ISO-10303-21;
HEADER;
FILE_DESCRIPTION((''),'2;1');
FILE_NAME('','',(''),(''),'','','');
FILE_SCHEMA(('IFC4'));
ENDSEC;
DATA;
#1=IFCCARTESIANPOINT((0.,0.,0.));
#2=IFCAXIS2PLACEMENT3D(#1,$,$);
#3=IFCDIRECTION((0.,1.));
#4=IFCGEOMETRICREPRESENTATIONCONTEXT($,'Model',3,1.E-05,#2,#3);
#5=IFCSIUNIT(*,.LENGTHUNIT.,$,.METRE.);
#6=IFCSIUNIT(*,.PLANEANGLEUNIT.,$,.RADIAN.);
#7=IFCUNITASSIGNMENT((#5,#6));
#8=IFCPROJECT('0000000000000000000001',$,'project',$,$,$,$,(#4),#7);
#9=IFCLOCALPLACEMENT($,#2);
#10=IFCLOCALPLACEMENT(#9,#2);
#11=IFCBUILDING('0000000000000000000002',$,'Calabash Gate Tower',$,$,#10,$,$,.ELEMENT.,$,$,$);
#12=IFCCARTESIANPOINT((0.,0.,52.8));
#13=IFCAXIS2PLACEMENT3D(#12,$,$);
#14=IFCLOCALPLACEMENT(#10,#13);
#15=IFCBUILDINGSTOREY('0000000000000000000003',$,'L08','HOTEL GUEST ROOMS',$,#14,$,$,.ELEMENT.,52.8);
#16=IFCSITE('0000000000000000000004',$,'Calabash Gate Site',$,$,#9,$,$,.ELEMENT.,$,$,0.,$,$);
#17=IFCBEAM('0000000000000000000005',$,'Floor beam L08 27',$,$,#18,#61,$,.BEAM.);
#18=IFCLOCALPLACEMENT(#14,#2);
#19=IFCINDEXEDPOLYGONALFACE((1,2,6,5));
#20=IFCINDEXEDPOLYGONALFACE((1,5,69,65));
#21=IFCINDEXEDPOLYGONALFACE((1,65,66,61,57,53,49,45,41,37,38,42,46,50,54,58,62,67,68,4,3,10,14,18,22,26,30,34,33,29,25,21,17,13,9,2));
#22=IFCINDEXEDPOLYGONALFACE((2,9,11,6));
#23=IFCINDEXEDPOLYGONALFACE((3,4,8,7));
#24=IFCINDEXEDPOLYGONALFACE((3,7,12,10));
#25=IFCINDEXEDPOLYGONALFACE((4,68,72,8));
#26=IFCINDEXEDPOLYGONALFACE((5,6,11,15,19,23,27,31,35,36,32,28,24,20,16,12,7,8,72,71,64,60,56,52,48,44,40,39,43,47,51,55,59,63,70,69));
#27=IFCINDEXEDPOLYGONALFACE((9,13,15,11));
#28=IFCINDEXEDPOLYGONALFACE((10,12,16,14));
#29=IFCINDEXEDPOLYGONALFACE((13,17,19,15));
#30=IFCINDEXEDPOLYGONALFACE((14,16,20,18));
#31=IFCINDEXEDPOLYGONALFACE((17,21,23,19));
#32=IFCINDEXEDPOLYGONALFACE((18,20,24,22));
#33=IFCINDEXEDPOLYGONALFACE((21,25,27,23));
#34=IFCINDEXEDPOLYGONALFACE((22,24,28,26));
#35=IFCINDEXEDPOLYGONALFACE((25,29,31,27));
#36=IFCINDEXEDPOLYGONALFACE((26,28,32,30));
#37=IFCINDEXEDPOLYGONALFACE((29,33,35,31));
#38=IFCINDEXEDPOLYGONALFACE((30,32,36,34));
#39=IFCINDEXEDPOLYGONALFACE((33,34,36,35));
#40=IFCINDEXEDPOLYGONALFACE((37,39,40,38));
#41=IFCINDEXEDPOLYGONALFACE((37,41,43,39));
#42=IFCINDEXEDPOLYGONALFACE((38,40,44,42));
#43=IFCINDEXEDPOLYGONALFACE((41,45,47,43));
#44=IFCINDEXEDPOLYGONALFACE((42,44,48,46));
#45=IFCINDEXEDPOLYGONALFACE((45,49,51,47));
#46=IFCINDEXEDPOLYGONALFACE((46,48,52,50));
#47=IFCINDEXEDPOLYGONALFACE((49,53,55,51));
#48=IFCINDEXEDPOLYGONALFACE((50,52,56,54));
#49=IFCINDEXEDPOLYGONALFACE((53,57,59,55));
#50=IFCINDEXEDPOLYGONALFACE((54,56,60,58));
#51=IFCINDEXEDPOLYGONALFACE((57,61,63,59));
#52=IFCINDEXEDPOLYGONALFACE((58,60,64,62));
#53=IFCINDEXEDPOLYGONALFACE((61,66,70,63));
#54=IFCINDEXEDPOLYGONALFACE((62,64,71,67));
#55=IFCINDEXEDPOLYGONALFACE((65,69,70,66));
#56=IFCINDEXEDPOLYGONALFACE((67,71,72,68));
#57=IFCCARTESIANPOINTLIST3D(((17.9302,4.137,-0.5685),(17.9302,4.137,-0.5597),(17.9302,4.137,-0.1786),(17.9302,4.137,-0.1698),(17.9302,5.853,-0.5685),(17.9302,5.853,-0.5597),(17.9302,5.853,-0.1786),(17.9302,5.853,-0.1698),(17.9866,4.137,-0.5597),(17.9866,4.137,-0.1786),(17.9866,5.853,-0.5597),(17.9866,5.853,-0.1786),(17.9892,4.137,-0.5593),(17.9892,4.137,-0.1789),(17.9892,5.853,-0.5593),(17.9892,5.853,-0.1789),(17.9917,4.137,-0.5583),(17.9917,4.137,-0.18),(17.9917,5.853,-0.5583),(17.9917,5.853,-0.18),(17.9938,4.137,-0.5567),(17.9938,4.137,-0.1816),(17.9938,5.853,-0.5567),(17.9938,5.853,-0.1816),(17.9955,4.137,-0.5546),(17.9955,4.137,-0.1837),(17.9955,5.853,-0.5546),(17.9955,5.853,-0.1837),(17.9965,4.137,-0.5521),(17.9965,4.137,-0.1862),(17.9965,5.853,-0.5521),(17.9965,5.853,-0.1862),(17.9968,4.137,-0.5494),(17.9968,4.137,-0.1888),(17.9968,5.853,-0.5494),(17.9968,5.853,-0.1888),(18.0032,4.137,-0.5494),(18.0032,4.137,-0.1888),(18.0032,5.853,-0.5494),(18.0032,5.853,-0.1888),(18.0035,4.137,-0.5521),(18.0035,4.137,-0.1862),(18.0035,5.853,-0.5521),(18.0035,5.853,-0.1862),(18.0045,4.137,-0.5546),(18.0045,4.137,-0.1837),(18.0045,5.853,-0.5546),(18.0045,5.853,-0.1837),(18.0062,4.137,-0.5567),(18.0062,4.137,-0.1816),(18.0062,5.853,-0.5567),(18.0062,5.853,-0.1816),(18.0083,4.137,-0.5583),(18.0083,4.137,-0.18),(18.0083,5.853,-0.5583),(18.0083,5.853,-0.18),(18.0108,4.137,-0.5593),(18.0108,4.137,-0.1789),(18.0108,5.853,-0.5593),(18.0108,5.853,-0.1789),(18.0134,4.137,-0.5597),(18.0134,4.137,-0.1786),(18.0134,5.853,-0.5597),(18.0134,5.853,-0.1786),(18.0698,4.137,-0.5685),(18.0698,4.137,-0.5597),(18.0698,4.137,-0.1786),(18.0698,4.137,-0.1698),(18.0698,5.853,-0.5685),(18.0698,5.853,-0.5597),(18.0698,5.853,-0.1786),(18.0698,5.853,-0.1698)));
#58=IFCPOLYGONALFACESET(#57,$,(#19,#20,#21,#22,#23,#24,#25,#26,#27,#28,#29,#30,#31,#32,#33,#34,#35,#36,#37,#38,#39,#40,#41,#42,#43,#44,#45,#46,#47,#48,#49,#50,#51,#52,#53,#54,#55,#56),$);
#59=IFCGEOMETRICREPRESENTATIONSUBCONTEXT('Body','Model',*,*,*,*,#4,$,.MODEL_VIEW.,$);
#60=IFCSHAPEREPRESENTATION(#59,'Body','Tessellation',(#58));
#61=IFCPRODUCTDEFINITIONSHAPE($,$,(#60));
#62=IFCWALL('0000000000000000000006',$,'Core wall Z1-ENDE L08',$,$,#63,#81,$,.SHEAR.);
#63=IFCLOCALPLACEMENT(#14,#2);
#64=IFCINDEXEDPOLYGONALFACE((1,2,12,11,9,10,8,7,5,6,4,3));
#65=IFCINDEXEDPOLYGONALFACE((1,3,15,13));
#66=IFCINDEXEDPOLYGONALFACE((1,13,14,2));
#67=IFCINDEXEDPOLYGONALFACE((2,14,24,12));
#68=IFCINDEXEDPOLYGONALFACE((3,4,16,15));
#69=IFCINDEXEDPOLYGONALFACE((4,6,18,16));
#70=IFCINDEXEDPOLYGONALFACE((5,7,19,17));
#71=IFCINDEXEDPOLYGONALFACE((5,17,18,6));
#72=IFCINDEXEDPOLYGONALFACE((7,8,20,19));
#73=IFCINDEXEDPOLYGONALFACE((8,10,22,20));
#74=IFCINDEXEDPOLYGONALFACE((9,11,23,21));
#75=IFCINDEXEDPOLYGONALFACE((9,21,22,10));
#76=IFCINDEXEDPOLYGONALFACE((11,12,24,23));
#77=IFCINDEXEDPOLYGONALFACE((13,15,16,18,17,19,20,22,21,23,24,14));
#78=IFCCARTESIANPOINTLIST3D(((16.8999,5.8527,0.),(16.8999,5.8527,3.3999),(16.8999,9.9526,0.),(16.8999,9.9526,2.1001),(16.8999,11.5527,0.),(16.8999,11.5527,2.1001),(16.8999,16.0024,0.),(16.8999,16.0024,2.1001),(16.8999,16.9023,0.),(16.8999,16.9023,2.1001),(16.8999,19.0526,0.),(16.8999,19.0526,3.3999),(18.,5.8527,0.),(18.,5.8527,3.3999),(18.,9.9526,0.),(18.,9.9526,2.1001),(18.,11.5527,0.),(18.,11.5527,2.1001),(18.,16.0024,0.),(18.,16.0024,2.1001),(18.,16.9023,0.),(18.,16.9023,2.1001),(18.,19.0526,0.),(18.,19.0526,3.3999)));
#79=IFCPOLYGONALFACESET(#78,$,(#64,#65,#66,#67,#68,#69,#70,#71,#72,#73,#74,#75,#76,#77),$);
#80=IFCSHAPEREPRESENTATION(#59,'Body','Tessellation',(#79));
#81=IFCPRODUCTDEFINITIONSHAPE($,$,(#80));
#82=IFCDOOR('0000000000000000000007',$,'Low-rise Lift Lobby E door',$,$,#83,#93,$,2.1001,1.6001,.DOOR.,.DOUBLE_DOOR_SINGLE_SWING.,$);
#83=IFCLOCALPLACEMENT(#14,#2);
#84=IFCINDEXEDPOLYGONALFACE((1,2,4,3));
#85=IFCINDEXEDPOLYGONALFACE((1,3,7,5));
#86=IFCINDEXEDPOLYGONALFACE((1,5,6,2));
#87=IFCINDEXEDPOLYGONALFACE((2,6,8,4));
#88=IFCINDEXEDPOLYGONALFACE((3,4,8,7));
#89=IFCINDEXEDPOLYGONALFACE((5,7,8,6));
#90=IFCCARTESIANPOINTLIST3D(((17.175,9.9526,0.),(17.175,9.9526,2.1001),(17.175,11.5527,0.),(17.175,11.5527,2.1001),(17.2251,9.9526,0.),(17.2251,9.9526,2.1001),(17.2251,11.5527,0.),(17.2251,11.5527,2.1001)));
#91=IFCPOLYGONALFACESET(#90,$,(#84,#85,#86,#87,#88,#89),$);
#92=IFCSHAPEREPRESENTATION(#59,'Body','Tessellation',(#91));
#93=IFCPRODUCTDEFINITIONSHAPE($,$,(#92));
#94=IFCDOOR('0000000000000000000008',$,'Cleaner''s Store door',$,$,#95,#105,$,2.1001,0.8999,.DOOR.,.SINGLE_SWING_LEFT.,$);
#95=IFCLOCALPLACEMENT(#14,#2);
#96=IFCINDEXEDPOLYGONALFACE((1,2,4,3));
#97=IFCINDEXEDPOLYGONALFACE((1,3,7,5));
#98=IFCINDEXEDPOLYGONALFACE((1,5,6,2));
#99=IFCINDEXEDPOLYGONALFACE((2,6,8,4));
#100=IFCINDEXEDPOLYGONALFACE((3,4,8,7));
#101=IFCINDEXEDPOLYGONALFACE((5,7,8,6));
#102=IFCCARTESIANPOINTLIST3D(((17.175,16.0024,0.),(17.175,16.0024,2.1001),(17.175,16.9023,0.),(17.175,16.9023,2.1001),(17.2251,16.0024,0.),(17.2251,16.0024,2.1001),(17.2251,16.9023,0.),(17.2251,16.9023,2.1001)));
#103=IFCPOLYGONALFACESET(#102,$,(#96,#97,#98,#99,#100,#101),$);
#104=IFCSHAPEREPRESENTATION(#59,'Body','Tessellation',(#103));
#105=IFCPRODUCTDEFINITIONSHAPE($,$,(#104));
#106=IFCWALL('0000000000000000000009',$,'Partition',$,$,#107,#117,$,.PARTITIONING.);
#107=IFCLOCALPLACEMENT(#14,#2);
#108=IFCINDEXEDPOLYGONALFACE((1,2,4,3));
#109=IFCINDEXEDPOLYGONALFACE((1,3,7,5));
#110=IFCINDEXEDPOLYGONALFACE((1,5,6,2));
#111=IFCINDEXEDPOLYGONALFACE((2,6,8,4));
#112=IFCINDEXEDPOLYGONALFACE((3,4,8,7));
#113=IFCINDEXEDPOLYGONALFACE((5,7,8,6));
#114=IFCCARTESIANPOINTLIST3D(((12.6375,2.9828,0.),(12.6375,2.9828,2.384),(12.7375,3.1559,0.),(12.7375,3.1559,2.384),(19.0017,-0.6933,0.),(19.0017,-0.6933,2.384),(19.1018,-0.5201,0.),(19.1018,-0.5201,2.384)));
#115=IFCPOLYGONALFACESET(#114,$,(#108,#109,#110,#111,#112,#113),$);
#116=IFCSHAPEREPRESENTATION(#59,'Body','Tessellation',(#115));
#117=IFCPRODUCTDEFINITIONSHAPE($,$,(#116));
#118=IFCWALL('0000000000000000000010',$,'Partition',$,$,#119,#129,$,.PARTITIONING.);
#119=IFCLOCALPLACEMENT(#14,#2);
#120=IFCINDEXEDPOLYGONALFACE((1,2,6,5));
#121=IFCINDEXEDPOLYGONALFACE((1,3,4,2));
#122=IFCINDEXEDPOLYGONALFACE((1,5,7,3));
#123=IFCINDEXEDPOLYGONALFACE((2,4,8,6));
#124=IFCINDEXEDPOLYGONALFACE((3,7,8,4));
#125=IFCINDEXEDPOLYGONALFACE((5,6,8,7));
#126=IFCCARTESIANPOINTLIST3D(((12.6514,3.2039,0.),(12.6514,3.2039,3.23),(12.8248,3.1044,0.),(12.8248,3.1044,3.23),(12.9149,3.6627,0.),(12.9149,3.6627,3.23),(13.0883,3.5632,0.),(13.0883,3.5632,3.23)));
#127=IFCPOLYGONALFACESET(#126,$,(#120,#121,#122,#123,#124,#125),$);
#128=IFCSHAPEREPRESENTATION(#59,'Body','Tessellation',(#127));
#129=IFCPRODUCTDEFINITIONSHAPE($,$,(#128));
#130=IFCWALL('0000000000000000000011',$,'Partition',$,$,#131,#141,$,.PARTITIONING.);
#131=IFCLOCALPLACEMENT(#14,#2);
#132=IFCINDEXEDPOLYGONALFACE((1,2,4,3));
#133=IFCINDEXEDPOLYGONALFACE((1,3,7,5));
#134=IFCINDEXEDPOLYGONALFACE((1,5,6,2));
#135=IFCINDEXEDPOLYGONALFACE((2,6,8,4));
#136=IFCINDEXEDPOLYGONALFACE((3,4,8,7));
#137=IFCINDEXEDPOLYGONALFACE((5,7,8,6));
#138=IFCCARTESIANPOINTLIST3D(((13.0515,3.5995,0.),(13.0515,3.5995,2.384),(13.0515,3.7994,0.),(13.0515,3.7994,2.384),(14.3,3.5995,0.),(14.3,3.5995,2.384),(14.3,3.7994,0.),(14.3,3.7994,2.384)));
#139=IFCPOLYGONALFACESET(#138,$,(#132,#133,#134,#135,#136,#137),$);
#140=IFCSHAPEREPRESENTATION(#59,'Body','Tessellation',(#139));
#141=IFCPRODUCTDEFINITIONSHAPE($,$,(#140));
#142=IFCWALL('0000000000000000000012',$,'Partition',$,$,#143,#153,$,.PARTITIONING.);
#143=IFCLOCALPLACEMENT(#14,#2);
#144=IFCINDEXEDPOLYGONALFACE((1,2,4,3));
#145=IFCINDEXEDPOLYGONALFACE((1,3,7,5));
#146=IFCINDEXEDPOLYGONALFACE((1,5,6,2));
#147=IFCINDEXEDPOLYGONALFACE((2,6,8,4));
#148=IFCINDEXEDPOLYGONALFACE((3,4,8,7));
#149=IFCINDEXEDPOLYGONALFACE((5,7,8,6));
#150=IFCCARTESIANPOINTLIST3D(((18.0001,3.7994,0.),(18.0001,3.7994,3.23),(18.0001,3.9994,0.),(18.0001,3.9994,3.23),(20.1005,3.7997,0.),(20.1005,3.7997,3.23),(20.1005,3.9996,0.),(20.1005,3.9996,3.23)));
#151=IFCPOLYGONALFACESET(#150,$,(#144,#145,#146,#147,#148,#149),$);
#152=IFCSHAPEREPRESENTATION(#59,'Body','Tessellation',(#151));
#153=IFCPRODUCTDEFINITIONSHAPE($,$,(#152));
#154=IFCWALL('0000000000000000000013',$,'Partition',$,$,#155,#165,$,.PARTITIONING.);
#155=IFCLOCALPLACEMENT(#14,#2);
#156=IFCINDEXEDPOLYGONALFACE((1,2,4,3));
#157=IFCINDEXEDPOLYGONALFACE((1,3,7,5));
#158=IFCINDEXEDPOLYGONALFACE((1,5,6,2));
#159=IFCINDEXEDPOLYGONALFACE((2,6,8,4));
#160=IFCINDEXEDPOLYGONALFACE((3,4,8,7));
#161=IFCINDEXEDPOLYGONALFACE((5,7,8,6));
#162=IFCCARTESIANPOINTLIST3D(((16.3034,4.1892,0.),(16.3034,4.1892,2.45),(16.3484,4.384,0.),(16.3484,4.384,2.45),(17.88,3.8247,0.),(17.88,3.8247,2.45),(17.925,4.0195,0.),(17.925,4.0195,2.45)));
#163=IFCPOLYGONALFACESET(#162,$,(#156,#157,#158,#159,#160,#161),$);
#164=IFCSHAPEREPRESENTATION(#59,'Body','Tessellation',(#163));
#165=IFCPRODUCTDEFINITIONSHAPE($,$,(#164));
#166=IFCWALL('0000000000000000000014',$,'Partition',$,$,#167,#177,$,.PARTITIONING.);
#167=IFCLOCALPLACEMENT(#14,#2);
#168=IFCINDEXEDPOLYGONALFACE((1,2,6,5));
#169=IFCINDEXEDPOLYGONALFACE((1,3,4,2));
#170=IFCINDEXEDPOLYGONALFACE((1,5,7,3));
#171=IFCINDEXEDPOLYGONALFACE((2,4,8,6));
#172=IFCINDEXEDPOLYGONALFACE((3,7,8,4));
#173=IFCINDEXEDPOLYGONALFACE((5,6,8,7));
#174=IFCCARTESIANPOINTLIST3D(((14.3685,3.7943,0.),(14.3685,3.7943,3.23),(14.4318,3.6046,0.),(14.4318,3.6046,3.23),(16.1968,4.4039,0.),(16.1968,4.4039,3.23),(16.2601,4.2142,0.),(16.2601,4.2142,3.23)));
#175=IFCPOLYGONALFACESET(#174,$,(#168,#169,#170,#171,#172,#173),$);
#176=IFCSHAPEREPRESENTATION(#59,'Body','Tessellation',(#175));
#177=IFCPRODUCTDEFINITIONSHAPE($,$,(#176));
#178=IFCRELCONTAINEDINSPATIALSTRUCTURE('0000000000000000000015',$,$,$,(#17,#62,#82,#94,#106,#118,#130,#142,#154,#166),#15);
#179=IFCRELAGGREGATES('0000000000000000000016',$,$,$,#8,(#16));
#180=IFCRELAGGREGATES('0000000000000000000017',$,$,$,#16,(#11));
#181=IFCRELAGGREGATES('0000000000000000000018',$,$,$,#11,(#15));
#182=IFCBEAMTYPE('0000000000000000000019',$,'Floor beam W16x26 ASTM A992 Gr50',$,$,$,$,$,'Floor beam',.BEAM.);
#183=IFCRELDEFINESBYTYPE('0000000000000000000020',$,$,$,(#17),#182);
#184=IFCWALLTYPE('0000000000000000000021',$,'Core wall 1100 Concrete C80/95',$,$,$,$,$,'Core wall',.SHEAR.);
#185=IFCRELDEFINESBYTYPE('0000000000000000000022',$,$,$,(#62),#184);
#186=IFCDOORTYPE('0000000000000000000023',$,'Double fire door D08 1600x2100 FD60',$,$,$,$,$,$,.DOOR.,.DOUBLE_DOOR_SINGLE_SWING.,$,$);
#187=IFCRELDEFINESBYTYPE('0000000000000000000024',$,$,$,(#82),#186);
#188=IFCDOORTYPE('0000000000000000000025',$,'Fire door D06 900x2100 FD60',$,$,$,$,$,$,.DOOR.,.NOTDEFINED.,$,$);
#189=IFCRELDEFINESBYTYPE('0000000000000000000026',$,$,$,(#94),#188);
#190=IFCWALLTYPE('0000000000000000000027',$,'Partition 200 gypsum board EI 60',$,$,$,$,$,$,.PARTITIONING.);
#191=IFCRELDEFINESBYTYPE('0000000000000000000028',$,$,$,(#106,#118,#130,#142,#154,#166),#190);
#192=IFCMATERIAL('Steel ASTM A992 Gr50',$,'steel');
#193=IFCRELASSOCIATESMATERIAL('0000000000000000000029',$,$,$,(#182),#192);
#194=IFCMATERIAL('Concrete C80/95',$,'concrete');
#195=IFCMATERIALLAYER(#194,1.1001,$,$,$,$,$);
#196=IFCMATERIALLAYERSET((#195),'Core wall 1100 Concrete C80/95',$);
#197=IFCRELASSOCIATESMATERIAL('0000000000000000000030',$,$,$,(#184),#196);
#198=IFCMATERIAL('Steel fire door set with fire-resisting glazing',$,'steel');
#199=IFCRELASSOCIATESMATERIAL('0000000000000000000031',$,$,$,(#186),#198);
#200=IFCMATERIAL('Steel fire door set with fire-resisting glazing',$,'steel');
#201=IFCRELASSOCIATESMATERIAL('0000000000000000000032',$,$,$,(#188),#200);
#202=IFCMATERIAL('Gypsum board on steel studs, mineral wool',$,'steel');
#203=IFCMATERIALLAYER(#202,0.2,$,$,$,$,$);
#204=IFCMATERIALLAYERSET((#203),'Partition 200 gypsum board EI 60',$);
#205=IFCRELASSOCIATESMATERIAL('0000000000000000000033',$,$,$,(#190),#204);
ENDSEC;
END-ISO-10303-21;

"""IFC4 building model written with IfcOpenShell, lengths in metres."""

from ifc_helpers import new_model, si_unit, direction, frame, frame_2d, origin, origin_2d, place, context, subcontext, project, spatial, rectangle, i_section, extrude, material, layer, layer_set, material_profile, profile_set, type_object, element, fill, save


model = new_model("IFC4")

# Units and contexts
model_context = context("Model", 3, precision=1e-05, world=origin(), true_north=direction((0.0, 1.0)))
body_context = subcontext(model_context, "Body", "Model", "MODEL_VIEW")
ifc_project = project(units=[si_unit("LENGTHUNIT", "METRE"), si_unit("PLANEANGLEUNIT", "RADIAN")], contexts=[model_context])

# Site, building, storey
site_placement = place(None, origin())
site = spatial("IfcSite", under=ifc_project, at=site_placement, Name="Calabash Gate Site", CompositionType="ELEMENT", RefElevation=0.0)
building_placement = place(site_placement, origin())
building = spatial("IfcBuilding", under=site, at=building_placement, Name="Calabash Gate Tower", CompositionType="ELEMENT")
storey_placement = place(building_placement, frame((0.0, 0.0, 52.8)))
storey = spatial("IfcBuildingStorey", under=building, at=storey_placement, Name="L08", Description="HOTEL GUEST ROOMS", CompositionType="ELEMENT", Elevation=52.8)

# Beam
ifc_material_1 = material(Name="Steel ASTM A992 Gr50", Category="steel")
ifc_material_profile = material_profile(ifc_material_1, i_section(OverallWidth=0.1396, OverallDepth=0.3987, WebThickness=0.0063, FlangeThickness=0.0088, FilletRadius=0.0103, at=origin_2d()))
ifc_profile_set = profile_set([ifc_material_profile], Name="Steel ASTM A992 Gr50")
beam_type = type_object("IfcBeamType", Name="Floor beam W16x26 ASTM A992 Gr50", ElementType="Floor beam", PredefinedType="BEAM", material=ifc_profile_set)
beam_placement = place(storey_placement, frame((18.0, 4.137, -0.3691), z_axis=(0.0, 1.0, 0.0), x_axis=(-1.0, 0.0, 0.0)))
element("IfcBeam", 1, at=beam_placement, inside=storey, type_object=beam_type, Name="Floor beam L08 27", PredefinedType="BEAM", context=body_context, shape_type="SweptSolid", body=[
    extrude(i_section(OverallWidth=0.1396, OverallDepth=0.3987, WebThickness=0.0063, FlangeThickness=0.0088, FilletRadius=0.0103, at=origin_2d()), origin(), (0.0, 0.0, 1.0), 1.7161),
])

# Wall, openings, doors
ifc_material_2 = material(Name="Concrete C80/95", Category="concrete")
ifc_layer_1 = layer(ifc_material_2, 1.1001)
ifc_layer_set_1 = layer_set([ifc_layer_1], Name="Core wall 1100 Concrete C80/95")
wall_type_1 = type_object("IfcWallType", Name="Core wall 1100 Concrete C80/95", ElementType="Core wall", PredefinedType="SHEAR", material=ifc_layer_set_1)
wall_1_placement = place(storey_placement, frame((17.45, 5.8525, 0.0), z_axis=(0.0, 0.0, 1.0), x_axis=(0.0, 1.0, 0.0)))
wall_1 = element("IfcWall", 2, at=wall_1_placement, inside=storey, type_object=wall_type_1, Name="Core wall Z1-ENDE L08", PredefinedType="SHEAR", context=body_context, shape_type="SweptSolid", body=[
    extrude(rectangle(XDim=13.2, YDim=1.1001, at=frame_2d((6.6001, 0.0))), origin(), (0.0, 0.0, 1.0), 3.3999),
])
opening_1_placement = place(wall_1_placement, frame((4.1001, 0.0, 0.0)))
opening_1 = element("IfcOpeningElement", 3, at=opening_1_placement, cuts=wall_1, PredefinedType="OPENING", context=body_context, shape_type="SweptSolid", body=[
    extrude(rectangle(XDim=1.6001, YDim=2.1001, at=frame_2d((0.8, 1.05))), frame((0.0, 0.5601, 0.0), z_axis=(0.0, -1.0, 0.0), x_axis=(1.0, 0.0, 0.0)), (0.0, 0.0, 1.0), 1.1201),
])
opening_2_placement = place(wall_1_placement, frame((10.1499, 0.0, 0.0)))
opening_2 = element("IfcOpeningElement", 4, at=opening_2_placement, cuts=wall_1, PredefinedType="OPENING", context=body_context, shape_type="SweptSolid", body=[
    extrude(rectangle(XDim=0.8999, YDim=2.1001, at=frame_2d((0.45, 1.05))), frame((0.0, 0.5601, 0.0), z_axis=(0.0, -1.0, 0.0), x_axis=(1.0, 0.0, 0.0)), (0.0, 0.0, 1.0), 1.1201),
])
ifc_material_3 = material(Name="Steel fire door set with fire-resisting glazing", Category="steel")
door_type_1 = type_object("IfcDoorType", Name="Double fire door D08 1600x2100 FD60", OperationType="DOUBLE_DOOR_SINGLE_SWING", PredefinedType="DOOR", material=ifc_material_3)
door_1_placement = place(opening_1_placement, origin())
door_1 = element("IfcDoor", 5, at=door_1_placement, inside=storey, type_object=door_type_1, Name="Low-rise Lift Lobby E door", OperationType="DOUBLE_DOOR_SINGLE_SWING", OverallHeight=2.1001, OverallWidth=1.6001, PredefinedType="DOOR", context=body_context, shape_type="SweptSolid", body=[
    extrude(rectangle(XDim=1.6001, YDim=2.1001, at=frame_2d((0.8, 1.05))), frame((0.0, 0.2749, 0.0), z_axis=(0.0, -1.0, 0.0), x_axis=(1.0, 0.0, 0.0)), (0.0, 0.0, 1.0), 0.05),
])
fill(opening_1, door_1)
ifc_material_4 = material(Name="Steel fire door set with fire-resisting glazing", Category="steel")
door_type_2 = type_object("IfcDoorType", Name="Fire door D06 900x2100 FD60", OperationType="NOTDEFINED", PredefinedType="DOOR", material=ifc_material_4)
door_2_placement = place(opening_2_placement, origin())
door_2 = element("IfcDoor", 6, at=door_2_placement, inside=storey, type_object=door_type_2, Name="Cleaner's Store door", OperationType="SINGLE_SWING_LEFT", OverallHeight=2.1001, OverallWidth=0.8999, PredefinedType="DOOR", context=body_context, shape_type="SweptSolid", body=[
    extrude(rectangle(XDim=0.8999, YDim=2.1001, at=frame_2d((0.45, 1.05))), frame((0.0, 0.2749, 0.0), z_axis=(0.0, -1.0, 0.0), x_axis=(1.0, 0.0, 0.0)), (0.0, 0.0, 1.0), 0.05),
])
fill(opening_2, door_2)

# Walls
ifc_material_5 = material(Name="Gypsum board on steel studs, mineral wool", Category="steel")
ifc_layer_2 = layer(ifc_material_5, 0.2)
ifc_layer_set_2 = layer_set([ifc_layer_2], Name="Partition 200 gypsum board EI 60")
wall_type_2 = type_object("IfcWallType", Name="Partition 200 gypsum board EI 60", PredefinedType="PARTITIONING", material=ifc_layer_set_2)
wall_2_placement = place(storey_placement, frame((12.6875, 3.0693, 0.0), z_axis=(0.0, 0.0, 1.0), x_axis=(0.86593, -0.500165, 0.0)))
element("IfcWall", 7, at=wall_2_placement, inside=storey, type_object=wall_type_2, Name="Partition", PredefinedType="PARTITIONING", context=body_context, shape_type="SweptSolid", body=[
    extrude(rectangle(XDim=7.3496, YDim=0.2, at=frame_2d((3.6748, 0.0))), origin(), (0.0, 0.0, 1.0), 2.384),
])
wall_3_placement = place(storey_placement, frame((12.738, 3.1541, 0.0), z_axis=(0.0, 0.0, 1.0), x_axis=(0.497977, 0.86719, 0.0)))
element("IfcWall", 8, at=wall_3_placement, inside=storey, type_object=wall_type_2, Name="Partition", PredefinedType="PARTITIONING", context=body_context, shape_type="SweptSolid", body=[
    extrude(rectangle(XDim=0.5291, YDim=0.2, at=frame_2d((0.2646, 0.0))), origin(), (0.0, 0.0, 1.0), 3.23),
])
wall_4_placement = place(storey_placement, frame((13.0515, 3.6995, 0.0), z_axis=(0.0, 0.0, 1.0), x_axis=(1.0, 0.0, 0.0)))
element("IfcWall", 9, at=wall_4_placement, inside=storey, type_object=wall_type_2, Name="Partition", PredefinedType="PARTITIONING", context=body_context, shape_type="SweptSolid", body=[
    extrude(rectangle(XDim=1.2485, YDim=0.2, at=frame_2d((0.6243, 0.0))), origin(), (0.0, 0.0, 1.0), 2.384),
])
wall_5_placement = place(storey_placement, frame((18.0, 3.8994, 0.0), z_axis=(0.0, 0.0, 1.0), x_axis=(1.0, 0.000116, 0.0)))
element("IfcWall", 10, at=wall_5_placement, inside=storey, type_object=wall_type_2, Name="Partition", PredefinedType="PARTITIONING", context=body_context, shape_type="SweptSolid", body=[
    extrude(rectangle(XDim=2.1003, YDim=0.2, at=frame_2d((1.0503, 0.0))), origin(), (0.0, 0.0, 1.0), 3.23),
])
wall_6_placement = place(storey_placement, frame((16.3259, 4.2866, 0.0), z_axis=(0.0, 0.0, 1.0), x_axis=(0.974302, -0.225245, 0.0)))
element("IfcWall", 11, at=wall_6_placement, inside=storey, type_object=wall_type_2, Name="Partition", PredefinedType="PARTITIONING", context=body_context, shape_type="SweptSolid", body=[
    extrude(rectangle(XDim=1.6182, YDim=0.2, at=frame_2d((0.8091, 0.0))), origin(), (0.0, 0.0, 1.0), 2.45),
])
wall_7_placement = place(storey_placement, frame((14.4001, 3.6995, 0.0), z_axis=(0.0, 0.0, 1.0), x_axis=(0.948658, 0.316304, 0.0)))
element("IfcWall", 12, at=wall_7_placement, inside=storey, type_object=wall_type_2, Name="Partition", PredefinedType="PARTITIONING", context=body_context, shape_type="SweptSolid", body=[
    extrude(rectangle(XDim=1.9272, YDim=0.2, at=frame_2d((0.9636, 0.0))), origin(), (0.0, 0.0, 1.0), 3.23),
])

save(model, "model.ifc")
